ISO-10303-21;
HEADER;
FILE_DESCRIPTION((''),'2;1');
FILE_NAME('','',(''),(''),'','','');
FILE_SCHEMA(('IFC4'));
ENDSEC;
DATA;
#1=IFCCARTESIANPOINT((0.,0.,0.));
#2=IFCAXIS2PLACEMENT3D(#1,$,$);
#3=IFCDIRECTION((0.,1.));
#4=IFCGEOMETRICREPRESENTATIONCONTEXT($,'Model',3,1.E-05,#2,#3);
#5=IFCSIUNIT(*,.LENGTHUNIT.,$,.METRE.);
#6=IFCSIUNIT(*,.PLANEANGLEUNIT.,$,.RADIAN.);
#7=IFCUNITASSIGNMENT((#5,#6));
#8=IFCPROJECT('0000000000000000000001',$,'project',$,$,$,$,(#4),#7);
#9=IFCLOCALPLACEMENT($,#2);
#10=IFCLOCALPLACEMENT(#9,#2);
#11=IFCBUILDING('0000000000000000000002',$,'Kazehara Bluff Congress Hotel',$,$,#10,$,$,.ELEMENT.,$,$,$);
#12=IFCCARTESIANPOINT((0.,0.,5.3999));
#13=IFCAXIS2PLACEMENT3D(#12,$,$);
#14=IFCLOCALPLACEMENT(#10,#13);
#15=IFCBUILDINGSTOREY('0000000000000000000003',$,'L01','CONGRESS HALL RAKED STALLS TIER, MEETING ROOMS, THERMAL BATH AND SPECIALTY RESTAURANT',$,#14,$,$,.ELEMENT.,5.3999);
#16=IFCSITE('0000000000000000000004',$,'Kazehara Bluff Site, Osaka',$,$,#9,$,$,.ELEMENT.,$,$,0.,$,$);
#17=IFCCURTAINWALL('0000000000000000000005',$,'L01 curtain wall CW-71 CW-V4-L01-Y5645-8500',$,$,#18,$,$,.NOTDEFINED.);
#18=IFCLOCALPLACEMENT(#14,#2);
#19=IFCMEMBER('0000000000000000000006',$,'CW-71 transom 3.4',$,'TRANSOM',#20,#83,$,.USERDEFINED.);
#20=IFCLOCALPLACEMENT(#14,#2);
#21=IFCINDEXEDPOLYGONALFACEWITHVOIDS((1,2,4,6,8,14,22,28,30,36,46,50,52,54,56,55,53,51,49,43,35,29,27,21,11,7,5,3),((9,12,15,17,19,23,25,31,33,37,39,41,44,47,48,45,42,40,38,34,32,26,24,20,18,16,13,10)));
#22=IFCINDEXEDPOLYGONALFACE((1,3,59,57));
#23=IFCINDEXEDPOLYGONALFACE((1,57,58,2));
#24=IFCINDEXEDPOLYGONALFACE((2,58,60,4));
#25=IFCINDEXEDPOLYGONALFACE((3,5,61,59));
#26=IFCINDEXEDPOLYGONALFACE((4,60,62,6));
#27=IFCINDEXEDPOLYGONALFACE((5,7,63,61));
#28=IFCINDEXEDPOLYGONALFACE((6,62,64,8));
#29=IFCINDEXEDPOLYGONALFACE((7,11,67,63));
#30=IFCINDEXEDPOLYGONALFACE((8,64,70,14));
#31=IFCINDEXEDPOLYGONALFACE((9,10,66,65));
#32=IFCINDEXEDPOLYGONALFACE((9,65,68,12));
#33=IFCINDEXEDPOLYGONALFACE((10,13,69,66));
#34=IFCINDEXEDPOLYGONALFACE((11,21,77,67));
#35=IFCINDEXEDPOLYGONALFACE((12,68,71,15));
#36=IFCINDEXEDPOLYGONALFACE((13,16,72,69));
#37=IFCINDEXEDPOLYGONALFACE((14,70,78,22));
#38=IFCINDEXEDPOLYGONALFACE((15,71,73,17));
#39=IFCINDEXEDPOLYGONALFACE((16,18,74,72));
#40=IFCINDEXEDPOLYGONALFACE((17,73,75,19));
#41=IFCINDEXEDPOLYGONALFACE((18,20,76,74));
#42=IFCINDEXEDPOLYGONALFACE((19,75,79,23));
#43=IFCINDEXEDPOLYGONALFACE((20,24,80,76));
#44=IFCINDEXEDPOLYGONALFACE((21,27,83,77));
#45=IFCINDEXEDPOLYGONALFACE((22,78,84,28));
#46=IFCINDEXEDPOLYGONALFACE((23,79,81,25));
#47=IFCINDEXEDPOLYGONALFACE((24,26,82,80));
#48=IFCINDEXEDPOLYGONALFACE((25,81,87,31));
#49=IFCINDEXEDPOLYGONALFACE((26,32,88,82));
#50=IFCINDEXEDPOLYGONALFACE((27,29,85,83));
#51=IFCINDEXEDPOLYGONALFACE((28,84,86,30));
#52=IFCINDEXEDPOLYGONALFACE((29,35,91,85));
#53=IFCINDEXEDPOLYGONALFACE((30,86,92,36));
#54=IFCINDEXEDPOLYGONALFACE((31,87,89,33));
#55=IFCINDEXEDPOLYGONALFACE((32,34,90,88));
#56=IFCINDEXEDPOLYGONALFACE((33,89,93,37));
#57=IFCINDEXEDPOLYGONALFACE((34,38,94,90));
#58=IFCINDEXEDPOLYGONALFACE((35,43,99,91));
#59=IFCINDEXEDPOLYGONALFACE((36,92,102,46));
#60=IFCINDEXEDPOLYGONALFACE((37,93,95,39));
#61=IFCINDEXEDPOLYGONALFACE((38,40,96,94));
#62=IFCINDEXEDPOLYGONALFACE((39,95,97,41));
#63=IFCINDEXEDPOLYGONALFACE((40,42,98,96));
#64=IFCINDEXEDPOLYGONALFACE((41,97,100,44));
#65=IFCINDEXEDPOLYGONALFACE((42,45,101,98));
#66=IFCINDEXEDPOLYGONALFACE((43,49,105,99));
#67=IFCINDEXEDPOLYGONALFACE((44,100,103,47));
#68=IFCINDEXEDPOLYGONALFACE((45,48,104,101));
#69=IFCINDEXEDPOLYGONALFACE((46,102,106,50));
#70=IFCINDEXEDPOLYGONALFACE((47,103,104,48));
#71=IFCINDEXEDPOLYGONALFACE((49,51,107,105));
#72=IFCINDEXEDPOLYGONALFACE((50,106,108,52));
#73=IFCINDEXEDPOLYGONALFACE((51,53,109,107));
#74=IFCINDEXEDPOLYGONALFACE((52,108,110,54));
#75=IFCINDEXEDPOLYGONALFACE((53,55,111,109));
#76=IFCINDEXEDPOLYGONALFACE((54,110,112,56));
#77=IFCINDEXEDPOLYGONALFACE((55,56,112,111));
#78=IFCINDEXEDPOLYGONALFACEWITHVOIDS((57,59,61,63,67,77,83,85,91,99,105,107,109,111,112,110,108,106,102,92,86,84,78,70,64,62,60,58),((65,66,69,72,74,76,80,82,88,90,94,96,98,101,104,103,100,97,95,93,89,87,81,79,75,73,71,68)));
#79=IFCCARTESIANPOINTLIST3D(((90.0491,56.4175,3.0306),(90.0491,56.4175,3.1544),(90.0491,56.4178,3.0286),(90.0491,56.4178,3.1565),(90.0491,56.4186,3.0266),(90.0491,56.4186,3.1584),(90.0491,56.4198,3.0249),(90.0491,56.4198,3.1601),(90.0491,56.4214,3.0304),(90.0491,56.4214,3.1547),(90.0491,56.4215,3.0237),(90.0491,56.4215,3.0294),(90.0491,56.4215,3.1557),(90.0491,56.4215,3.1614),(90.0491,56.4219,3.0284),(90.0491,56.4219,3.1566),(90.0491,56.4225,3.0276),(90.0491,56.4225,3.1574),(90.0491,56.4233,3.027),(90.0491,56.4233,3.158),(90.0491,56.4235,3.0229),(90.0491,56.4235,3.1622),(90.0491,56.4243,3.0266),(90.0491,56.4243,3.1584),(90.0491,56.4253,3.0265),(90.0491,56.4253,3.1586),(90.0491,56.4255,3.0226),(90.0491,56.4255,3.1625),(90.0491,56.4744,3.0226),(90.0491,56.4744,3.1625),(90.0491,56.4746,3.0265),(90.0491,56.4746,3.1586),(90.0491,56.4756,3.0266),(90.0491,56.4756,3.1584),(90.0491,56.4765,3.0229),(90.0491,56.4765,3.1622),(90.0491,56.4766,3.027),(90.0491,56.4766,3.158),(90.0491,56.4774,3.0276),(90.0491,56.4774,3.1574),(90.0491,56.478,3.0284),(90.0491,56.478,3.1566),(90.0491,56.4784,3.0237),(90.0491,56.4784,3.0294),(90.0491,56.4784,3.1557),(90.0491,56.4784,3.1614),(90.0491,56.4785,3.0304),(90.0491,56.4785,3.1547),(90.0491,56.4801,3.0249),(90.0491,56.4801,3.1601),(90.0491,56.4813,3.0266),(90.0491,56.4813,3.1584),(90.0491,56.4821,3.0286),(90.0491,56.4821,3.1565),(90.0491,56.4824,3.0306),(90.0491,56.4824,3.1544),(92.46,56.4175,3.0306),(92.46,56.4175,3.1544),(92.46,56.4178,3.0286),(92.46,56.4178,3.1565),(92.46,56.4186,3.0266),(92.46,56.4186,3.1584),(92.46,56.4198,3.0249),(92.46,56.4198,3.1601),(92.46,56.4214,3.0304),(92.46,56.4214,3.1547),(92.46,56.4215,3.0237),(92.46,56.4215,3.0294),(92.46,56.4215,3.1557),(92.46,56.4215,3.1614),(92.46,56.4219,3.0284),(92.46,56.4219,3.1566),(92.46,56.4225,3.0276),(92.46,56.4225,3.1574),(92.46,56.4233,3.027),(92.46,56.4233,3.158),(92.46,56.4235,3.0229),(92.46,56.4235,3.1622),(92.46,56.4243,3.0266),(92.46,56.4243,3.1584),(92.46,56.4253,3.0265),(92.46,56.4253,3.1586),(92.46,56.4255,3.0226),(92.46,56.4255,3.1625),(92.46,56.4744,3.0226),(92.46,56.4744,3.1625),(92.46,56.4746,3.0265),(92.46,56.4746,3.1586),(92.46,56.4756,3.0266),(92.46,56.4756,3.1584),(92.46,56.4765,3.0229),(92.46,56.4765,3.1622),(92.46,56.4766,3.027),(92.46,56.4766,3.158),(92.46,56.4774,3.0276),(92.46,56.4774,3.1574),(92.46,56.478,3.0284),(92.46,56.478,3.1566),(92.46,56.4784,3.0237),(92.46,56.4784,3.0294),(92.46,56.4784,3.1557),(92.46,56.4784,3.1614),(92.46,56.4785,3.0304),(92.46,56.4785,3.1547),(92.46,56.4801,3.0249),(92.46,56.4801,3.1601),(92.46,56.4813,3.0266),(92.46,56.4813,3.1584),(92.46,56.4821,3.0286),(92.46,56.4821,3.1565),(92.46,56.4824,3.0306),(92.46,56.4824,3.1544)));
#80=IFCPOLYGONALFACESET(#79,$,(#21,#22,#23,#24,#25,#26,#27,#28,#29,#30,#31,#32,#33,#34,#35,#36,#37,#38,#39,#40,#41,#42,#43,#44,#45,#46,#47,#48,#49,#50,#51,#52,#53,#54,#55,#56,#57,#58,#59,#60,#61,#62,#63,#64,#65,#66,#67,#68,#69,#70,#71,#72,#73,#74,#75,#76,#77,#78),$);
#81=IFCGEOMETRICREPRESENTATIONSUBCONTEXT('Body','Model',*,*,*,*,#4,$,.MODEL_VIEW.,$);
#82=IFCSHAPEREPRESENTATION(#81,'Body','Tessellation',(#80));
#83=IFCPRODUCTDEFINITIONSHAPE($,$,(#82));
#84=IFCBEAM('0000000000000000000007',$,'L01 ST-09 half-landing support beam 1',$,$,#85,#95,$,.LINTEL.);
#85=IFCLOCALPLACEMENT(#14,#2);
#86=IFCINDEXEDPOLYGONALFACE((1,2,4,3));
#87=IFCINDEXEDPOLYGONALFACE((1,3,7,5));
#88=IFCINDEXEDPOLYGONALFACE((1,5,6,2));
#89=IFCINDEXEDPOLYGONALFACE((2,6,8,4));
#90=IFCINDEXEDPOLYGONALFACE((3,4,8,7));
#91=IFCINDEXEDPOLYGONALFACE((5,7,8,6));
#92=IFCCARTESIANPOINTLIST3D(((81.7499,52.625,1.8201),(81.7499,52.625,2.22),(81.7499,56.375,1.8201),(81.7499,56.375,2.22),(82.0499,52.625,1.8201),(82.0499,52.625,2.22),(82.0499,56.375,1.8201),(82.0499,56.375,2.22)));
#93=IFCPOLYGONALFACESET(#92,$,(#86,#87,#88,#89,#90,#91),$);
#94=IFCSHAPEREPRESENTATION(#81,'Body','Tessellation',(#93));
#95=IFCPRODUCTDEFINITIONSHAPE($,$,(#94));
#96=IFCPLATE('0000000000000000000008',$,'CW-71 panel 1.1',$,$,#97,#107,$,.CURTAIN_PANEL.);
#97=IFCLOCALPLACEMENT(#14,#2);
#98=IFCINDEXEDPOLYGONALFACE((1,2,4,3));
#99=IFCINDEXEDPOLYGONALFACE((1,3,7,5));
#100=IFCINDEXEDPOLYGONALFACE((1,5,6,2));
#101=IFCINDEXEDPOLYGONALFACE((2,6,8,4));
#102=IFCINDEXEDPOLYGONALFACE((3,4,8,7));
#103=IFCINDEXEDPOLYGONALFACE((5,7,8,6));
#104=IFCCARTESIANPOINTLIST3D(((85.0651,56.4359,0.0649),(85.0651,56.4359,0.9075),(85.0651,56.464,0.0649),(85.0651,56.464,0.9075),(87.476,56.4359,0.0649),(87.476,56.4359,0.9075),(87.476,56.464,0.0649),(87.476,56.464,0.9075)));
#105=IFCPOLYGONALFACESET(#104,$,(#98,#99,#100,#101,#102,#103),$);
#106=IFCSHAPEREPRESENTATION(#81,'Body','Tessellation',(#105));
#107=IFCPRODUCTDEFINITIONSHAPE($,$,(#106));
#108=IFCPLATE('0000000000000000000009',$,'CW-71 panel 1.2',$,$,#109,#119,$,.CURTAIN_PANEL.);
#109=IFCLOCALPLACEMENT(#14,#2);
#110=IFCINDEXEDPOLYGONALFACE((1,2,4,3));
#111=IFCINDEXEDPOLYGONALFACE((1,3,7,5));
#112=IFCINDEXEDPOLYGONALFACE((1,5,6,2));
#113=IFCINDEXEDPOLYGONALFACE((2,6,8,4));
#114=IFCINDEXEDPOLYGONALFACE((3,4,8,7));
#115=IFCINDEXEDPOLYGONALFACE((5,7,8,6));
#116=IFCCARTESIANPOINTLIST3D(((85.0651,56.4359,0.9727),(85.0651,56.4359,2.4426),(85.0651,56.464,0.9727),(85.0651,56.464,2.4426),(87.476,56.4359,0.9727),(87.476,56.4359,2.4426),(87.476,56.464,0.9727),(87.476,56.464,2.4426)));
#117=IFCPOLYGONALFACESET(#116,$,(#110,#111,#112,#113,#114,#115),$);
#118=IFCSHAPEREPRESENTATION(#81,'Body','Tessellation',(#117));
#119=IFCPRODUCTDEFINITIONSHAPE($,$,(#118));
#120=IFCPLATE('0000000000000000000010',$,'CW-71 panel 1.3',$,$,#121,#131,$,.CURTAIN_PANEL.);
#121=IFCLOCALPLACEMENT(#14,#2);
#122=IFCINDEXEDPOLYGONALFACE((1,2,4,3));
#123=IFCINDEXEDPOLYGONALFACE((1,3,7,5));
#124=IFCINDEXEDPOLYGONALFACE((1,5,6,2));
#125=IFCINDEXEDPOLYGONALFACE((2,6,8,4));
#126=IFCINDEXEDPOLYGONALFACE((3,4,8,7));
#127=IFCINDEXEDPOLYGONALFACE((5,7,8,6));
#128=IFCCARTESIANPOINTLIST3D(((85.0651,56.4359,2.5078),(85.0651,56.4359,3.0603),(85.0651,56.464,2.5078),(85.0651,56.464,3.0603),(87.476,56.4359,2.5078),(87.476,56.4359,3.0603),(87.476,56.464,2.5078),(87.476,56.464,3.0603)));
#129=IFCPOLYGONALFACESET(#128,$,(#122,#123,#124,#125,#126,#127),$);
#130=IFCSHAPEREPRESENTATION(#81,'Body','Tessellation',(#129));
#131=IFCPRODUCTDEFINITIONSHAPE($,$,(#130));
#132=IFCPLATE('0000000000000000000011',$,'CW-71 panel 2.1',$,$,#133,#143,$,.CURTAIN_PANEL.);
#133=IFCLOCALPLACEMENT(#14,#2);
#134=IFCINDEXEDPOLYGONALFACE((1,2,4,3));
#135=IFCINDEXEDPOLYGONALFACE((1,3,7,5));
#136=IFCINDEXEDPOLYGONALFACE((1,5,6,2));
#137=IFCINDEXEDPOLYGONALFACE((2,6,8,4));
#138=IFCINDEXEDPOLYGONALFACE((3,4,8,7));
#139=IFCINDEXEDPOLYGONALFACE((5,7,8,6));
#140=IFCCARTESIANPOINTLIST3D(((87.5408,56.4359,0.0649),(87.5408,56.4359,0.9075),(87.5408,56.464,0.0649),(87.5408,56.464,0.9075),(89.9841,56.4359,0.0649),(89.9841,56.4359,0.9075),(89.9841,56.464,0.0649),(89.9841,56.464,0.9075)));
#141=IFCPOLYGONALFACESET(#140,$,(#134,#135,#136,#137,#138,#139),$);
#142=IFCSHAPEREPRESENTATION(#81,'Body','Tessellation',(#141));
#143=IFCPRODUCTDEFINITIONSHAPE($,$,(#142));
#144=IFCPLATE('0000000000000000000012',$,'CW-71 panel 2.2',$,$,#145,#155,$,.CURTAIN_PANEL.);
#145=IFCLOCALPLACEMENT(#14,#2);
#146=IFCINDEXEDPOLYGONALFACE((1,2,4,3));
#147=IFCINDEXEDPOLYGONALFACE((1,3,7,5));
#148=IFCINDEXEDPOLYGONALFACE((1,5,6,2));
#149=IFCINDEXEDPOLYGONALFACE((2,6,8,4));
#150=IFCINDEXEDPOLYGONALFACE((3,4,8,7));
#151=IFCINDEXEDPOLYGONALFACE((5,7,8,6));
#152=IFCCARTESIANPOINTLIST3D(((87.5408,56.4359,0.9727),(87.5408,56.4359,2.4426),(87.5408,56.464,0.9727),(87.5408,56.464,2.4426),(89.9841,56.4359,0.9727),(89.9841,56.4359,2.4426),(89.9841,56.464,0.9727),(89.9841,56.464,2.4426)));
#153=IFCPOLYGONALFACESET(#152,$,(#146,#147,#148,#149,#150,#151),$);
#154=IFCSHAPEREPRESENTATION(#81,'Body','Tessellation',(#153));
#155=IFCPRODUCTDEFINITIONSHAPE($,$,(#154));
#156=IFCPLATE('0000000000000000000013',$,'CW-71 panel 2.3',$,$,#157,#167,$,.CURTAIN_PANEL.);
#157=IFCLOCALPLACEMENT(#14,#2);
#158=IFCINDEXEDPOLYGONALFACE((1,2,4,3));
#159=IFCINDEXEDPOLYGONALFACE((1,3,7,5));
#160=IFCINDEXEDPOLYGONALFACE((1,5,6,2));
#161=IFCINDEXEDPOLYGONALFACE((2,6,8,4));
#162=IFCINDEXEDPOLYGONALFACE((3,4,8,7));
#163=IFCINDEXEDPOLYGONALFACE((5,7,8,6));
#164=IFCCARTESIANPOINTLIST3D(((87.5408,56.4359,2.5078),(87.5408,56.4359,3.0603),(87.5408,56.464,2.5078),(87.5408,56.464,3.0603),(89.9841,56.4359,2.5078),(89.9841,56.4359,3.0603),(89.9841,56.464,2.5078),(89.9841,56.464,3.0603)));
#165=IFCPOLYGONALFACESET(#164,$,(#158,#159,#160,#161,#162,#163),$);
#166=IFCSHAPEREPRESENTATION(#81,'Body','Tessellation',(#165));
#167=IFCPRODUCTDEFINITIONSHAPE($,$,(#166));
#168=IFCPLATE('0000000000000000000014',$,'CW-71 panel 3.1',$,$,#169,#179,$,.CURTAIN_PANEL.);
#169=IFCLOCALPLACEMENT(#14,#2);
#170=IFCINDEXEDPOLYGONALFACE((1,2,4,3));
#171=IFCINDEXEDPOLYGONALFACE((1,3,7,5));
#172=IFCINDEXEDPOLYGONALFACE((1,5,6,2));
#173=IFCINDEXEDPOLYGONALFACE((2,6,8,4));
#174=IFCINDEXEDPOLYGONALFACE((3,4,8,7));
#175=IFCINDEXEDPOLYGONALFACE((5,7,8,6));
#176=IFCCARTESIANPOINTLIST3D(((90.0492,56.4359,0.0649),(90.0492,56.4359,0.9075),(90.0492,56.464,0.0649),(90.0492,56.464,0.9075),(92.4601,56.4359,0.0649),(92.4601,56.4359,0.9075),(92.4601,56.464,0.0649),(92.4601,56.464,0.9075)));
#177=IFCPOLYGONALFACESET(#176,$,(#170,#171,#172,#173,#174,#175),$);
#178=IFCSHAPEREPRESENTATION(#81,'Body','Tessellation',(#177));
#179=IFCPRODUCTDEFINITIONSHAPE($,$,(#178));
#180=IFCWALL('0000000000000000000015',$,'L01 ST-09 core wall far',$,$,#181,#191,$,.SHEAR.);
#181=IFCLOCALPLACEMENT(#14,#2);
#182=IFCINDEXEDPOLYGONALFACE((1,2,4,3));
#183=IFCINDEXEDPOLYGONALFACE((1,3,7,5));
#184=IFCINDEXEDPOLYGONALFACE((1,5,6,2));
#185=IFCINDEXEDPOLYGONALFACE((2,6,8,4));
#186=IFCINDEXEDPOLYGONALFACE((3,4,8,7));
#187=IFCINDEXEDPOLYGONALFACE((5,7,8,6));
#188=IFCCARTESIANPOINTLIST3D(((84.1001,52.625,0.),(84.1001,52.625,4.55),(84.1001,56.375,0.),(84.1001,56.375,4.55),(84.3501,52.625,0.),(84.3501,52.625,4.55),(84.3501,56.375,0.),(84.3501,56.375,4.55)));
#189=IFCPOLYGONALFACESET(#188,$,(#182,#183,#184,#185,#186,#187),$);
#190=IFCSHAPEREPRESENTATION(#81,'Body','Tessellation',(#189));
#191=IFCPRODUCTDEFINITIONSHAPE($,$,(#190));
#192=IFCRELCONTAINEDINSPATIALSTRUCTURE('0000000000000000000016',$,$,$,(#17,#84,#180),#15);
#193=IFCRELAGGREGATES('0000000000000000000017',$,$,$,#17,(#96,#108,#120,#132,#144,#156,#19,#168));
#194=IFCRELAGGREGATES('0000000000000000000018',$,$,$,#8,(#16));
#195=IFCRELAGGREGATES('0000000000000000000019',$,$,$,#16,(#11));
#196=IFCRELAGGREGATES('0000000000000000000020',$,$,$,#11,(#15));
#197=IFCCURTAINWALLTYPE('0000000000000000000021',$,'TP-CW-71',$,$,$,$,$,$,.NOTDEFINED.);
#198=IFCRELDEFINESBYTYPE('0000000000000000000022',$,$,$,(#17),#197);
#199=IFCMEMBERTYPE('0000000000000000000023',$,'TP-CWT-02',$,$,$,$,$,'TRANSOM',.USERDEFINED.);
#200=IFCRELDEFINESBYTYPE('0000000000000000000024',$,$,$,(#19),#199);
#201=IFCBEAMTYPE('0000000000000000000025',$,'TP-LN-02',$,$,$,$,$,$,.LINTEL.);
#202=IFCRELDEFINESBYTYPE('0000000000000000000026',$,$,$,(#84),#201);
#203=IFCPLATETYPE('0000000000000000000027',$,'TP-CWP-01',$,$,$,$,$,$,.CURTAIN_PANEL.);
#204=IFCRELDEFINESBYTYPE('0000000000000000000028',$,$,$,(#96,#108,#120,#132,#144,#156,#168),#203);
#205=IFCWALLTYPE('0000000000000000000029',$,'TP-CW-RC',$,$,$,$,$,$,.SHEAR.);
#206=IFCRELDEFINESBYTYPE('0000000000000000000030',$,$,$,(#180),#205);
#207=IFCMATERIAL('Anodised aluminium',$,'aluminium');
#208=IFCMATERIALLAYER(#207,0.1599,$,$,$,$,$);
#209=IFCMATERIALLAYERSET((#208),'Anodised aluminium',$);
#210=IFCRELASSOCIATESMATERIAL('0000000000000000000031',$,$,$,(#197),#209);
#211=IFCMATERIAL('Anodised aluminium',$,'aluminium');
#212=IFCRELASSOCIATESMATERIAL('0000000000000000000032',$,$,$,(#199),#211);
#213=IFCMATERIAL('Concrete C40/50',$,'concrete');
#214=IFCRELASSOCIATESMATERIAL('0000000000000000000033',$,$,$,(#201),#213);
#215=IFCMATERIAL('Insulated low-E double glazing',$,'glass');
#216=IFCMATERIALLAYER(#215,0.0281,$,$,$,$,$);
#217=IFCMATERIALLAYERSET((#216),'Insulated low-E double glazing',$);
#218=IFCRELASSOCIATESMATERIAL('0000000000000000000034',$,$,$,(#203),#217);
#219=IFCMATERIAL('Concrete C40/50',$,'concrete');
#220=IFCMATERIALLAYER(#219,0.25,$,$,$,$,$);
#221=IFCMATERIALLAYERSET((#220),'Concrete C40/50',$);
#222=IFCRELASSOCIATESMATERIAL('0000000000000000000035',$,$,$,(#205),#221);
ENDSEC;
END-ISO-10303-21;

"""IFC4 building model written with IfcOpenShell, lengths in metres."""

from ifc_helpers import new_model, si_unit, direction, frame, frame_2d, origin, origin_2d, place, context, subcontext, project, spatial, rectangle, hollow_rectangle, extrude, material, layer, layer_set, material_profile, profile_set, type_object, element, aggregate, save


model = new_model("IFC4")

# Units and contexts
model_context = context("Model", 3, precision=1e-05, world=origin(), true_north=direction((0.0, 1.0)))
body_context = subcontext(model_context, "Body", "Model", "MODEL_VIEW")
ifc_project = project(units=[si_unit("LENGTHUNIT", "METRE"), si_unit("PLANEANGLEUNIT", "RADIAN")], contexts=[model_context])

# Site, building, storey
site_placement = place(None, origin())
site = spatial("IfcSite", under=ifc_project, at=site_placement, Name="Kazehara Bluff Site, Osaka", CompositionType="ELEMENT", RefElevation=0.0)
building_placement = place(site_placement, origin())
building = spatial("IfcBuilding", under=site, at=building_placement, Name="Kazehara Bluff Congress Hotel", CompositionType="ELEMENT")
storey_placement = place(building_placement, frame((0.0, 0.0, 5.3999)))
storey = spatial("IfcBuildingStorey", under=building, at=storey_placement, Name="L01", Description="CONGRESS HALL RAKED STALLS TIER, MEETING ROOMS, THERMAL BATH AND SPECIALTY RESTAURANT", CompositionType="ELEMENT", Elevation=5.3999)

# Curtain wall, member
ifc_material_1 = material(Name="Anodised aluminium", Category="aluminium")
ifc_layer_1 = layer(ifc_material_1, 0.1599)
ifc_layer_set_1 = layer_set([ifc_layer_1], Name="Anodised aluminium")
curtain_wall_type = type_object("IfcCurtainWallType", Name="TP-CW-71", PredefinedType="NOTDEFINED", material=ifc_layer_set_1)
curtain_wall_placement = place(storey_placement, origin())
curtain_wall = element("IfcCurtainWall", 1, at=curtain_wall_placement, inside=storey, type_object=curtain_wall_type, Name="L01 curtain wall CW-71 CW-V4-L01-Y5645-8500", PredefinedType="NOTDEFINED")
ifc_material_2 = material(Name="Anodised aluminium", Category="aluminium")
ifc_material_profile_1 = material_profile(ifc_material_2, hollow_rectangle(XDim=0.0649, YDim=0.1399, WallThickness=0.0039, InnerFilletRadius=0.0039, OuterFilletRadius=0.0081, at=origin_2d()))
ifc_profile_set_1 = profile_set([ifc_material_profile_1], Name="Anodised aluminium")
member_type_1 = type_object("IfcMemberType", Name="TP-CWT-02", ElementType="TRANSOM", PredefinedType="USERDEFINED", material=ifc_profile_set_1)
member_1_placement = place(storey_placement, frame((90.0491, 56.45, 3.0925), z_axis=(1.0, 0.0, 0.0), x_axis=(0.0, 1.0, 0.0)))
member_1 = element("IfcMember", 2, at=member_1_placement, type_object=member_type_1, Name="CW-71 transom 3.4", ObjectType="TRANSOM", PredefinedType="USERDEFINED", context=body_context, shape_type="SweptSolid", body=[
    extrude(hollow_rectangle(XDim=0.0649, YDim=0.1399, WallThickness=0.0039, InnerFilletRadius=0.0039, OuterFilletRadius=0.0081, at=origin_2d()), origin(), (0.0, 0.0, 1.0), 2.4109),
])

# Beam
ifc_material_3 = material(Name="Concrete C40/50", Category="concrete")
ifc_material_profile_2 = material_profile(ifc_material_3, rectangle(XDim=0.3, YDim=0.3999, at=origin_2d()))
ifc_profile_set_2 = profile_set([ifc_material_profile_2], Name="Concrete C40/50")
beam_type = type_object("IfcBeamType", Name="TP-LN-02", PredefinedType="LINTEL", material=ifc_profile_set_2)
beam_placement = place(storey_placement, frame((81.8999, 52.625, 2.02), z_axis=(0.0, 1.0, 0.0), x_axis=(-1.0, 0.0, 0.0)))
element("IfcBeam", 3, at=beam_placement, inside=storey, type_object=beam_type, Name="L01 ST-09 half-landing support beam 1", PredefinedType="LINTEL", context=body_context, shape_type="SweptSolid", body=[
    extrude(rectangle(XDim=0.3, YDim=0.3999, at=origin_2d()), origin(), (0.0, 0.0, 1.0), 3.75),
])

# Plates
ifc_material_4 = material(Name="Insulated low-E double glazing", Category="glass")
ifc_layer_2 = layer(ifc_material_4, 0.0281)
ifc_layer_set_2 = layer_set([ifc_layer_2], Name="Insulated low-E double glazing")
plate_type = type_object("IfcPlateType", Name="TP-CWP-01", PredefinedType="CURTAIN_PANEL", material=ifc_layer_set_2)
plate_1_placement = place(storey_placement, frame((86.2705, 56.45, 0.0649), z_axis=(0.0, 0.0, 1.0), x_axis=(1.0, 0.0, 0.0)))
plate_1 = element("IfcPlate", 4, at=plate_1_placement, type_object=plate_type, Name="CW-71 panel 1.1", PredefinedType="CURTAIN_PANEL", context=body_context, shape_type="SweptSolid", body=[
    extrude(rectangle(XDim=2.4109, YDim=0.0281, at=origin_2d()), origin(), (0.0, 0.0, 1.0), 0.8425),
])
plate_2_placement = place(storey_placement, frame((86.2705, 56.45, 0.9727), z_axis=(0.0, 0.0, 1.0), x_axis=(1.0, 0.0, 0.0)))
plate_2 = element("IfcPlate", 5, at=plate_2_placement, type_object=plate_type, Name="CW-71 panel 1.2", PredefinedType="CURTAIN_PANEL", context=body_context, shape_type="SweptSolid", body=[
    extrude(rectangle(XDim=2.4109, YDim=0.0281, at=origin_2d()), origin(), (0.0, 0.0, 1.0), 1.47),
])
plate_3_placement = place(storey_placement, frame((86.2705, 56.45, 2.5078), z_axis=(0.0, 0.0, 1.0), x_axis=(1.0, 0.0, 0.0)))
plate_3 = element("IfcPlate", 6, at=plate_3_placement, type_object=plate_type, Name="CW-71 panel 1.3", PredefinedType="CURTAIN_PANEL", context=body_context, shape_type="SweptSolid", body=[
    extrude(rectangle(XDim=2.4109, YDim=0.0281, at=origin_2d()), origin(), (0.0, 0.0, 1.0), 0.5525),
])
plate_4_placement = place(storey_placement, frame((88.7625, 56.45, 0.0649), z_axis=(0.0, 0.0, 1.0), x_axis=(1.0, 0.0, 0.0)))
plate_4 = element("IfcPlate", 7, at=plate_4_placement, type_object=plate_type, Name="CW-71 panel 2.1", PredefinedType="CURTAIN_PANEL", context=body_context, shape_type="SweptSolid", body=[
    extrude(rectangle(XDim=2.4434, YDim=0.0281, at=origin_2d()), origin(), (0.0, 0.0, 1.0), 0.8425),
])
plate_5_placement = place(storey_placement, frame((88.7625, 56.45, 0.9727), z_axis=(0.0, 0.0, 1.0), x_axis=(1.0, 0.0, 0.0)))
plate_5 = element("IfcPlate", 8, at=plate_5_placement, type_object=plate_type, Name="CW-71 panel 2.2", PredefinedType="CURTAIN_PANEL", context=body_context, shape_type="SweptSolid", body=[
    extrude(rectangle(XDim=2.4434, YDim=0.0281, at=origin_2d()), origin(), (0.0, 0.0, 1.0), 1.47),
])
plate_6_placement = place(storey_placement, frame((88.7625, 56.45, 2.5078), z_axis=(0.0, 0.0, 1.0), x_axis=(1.0, 0.0, 0.0)))
plate_6 = element("IfcPlate", 9, at=plate_6_placement, type_object=plate_type, Name="CW-71 panel 2.3", PredefinedType="CURTAIN_PANEL", context=body_context, shape_type="SweptSolid", body=[
    extrude(rectangle(XDim=2.4434, YDim=0.0281, at=origin_2d()), origin(), (0.0, 0.0, 1.0), 0.5525),
])
plate_7_placement = place(storey_placement, frame((91.2546, 56.45, 0.0649), z_axis=(0.0, 0.0, 1.0), x_axis=(1.0, 0.0, 0.0)))
plate_7 = element("IfcPlate", 10, at=plate_7_placement, type_object=plate_type, Name="CW-71 panel 3.1", PredefinedType="CURTAIN_PANEL", context=body_context, shape_type="SweptSolid", body=[
    extrude(rectangle(XDim=2.4109, YDim=0.0281, at=origin_2d()), origin(), (0.0, 0.0, 1.0), 0.8425),
])
aggregate(curtain_wall, [plate_1, plate_2, plate_3, plate_4, plate_5, plate_6, member_1, plate_7])

# Wall
ifc_material_5 = material(Name="Concrete C40/50", Category="concrete")
ifc_layer_3 = layer(ifc_material_5, 0.25)
ifc_layer_set_3 = layer_set([ifc_layer_3], Name="Concrete C40/50")
wall_type_1 = type_object("IfcWallType", Name="TP-CW-RC", PredefinedType="SHEAR", material=ifc_layer_set_3)
wall_1_placement = place(storey_placement, frame((84.2251, 56.375, 0.0), z_axis=(0.0, 0.0, 1.0), x_axis=(0.0, -1.0, 0.0)))
element("IfcWall", 11, at=wall_1_placement, inside=storey, type_object=wall_type_1, Name="L01 ST-09 core wall far", PredefinedType="SHEAR", context=body_context, shape_type="SweptSolid", body=[
    extrude(rectangle(XDim=3.75, YDim=0.25, at=frame_2d((1.875, 0.0))), origin(), (0.0, 0.0, 1.0), 4.55),
])

save(model, "model.ifc")
